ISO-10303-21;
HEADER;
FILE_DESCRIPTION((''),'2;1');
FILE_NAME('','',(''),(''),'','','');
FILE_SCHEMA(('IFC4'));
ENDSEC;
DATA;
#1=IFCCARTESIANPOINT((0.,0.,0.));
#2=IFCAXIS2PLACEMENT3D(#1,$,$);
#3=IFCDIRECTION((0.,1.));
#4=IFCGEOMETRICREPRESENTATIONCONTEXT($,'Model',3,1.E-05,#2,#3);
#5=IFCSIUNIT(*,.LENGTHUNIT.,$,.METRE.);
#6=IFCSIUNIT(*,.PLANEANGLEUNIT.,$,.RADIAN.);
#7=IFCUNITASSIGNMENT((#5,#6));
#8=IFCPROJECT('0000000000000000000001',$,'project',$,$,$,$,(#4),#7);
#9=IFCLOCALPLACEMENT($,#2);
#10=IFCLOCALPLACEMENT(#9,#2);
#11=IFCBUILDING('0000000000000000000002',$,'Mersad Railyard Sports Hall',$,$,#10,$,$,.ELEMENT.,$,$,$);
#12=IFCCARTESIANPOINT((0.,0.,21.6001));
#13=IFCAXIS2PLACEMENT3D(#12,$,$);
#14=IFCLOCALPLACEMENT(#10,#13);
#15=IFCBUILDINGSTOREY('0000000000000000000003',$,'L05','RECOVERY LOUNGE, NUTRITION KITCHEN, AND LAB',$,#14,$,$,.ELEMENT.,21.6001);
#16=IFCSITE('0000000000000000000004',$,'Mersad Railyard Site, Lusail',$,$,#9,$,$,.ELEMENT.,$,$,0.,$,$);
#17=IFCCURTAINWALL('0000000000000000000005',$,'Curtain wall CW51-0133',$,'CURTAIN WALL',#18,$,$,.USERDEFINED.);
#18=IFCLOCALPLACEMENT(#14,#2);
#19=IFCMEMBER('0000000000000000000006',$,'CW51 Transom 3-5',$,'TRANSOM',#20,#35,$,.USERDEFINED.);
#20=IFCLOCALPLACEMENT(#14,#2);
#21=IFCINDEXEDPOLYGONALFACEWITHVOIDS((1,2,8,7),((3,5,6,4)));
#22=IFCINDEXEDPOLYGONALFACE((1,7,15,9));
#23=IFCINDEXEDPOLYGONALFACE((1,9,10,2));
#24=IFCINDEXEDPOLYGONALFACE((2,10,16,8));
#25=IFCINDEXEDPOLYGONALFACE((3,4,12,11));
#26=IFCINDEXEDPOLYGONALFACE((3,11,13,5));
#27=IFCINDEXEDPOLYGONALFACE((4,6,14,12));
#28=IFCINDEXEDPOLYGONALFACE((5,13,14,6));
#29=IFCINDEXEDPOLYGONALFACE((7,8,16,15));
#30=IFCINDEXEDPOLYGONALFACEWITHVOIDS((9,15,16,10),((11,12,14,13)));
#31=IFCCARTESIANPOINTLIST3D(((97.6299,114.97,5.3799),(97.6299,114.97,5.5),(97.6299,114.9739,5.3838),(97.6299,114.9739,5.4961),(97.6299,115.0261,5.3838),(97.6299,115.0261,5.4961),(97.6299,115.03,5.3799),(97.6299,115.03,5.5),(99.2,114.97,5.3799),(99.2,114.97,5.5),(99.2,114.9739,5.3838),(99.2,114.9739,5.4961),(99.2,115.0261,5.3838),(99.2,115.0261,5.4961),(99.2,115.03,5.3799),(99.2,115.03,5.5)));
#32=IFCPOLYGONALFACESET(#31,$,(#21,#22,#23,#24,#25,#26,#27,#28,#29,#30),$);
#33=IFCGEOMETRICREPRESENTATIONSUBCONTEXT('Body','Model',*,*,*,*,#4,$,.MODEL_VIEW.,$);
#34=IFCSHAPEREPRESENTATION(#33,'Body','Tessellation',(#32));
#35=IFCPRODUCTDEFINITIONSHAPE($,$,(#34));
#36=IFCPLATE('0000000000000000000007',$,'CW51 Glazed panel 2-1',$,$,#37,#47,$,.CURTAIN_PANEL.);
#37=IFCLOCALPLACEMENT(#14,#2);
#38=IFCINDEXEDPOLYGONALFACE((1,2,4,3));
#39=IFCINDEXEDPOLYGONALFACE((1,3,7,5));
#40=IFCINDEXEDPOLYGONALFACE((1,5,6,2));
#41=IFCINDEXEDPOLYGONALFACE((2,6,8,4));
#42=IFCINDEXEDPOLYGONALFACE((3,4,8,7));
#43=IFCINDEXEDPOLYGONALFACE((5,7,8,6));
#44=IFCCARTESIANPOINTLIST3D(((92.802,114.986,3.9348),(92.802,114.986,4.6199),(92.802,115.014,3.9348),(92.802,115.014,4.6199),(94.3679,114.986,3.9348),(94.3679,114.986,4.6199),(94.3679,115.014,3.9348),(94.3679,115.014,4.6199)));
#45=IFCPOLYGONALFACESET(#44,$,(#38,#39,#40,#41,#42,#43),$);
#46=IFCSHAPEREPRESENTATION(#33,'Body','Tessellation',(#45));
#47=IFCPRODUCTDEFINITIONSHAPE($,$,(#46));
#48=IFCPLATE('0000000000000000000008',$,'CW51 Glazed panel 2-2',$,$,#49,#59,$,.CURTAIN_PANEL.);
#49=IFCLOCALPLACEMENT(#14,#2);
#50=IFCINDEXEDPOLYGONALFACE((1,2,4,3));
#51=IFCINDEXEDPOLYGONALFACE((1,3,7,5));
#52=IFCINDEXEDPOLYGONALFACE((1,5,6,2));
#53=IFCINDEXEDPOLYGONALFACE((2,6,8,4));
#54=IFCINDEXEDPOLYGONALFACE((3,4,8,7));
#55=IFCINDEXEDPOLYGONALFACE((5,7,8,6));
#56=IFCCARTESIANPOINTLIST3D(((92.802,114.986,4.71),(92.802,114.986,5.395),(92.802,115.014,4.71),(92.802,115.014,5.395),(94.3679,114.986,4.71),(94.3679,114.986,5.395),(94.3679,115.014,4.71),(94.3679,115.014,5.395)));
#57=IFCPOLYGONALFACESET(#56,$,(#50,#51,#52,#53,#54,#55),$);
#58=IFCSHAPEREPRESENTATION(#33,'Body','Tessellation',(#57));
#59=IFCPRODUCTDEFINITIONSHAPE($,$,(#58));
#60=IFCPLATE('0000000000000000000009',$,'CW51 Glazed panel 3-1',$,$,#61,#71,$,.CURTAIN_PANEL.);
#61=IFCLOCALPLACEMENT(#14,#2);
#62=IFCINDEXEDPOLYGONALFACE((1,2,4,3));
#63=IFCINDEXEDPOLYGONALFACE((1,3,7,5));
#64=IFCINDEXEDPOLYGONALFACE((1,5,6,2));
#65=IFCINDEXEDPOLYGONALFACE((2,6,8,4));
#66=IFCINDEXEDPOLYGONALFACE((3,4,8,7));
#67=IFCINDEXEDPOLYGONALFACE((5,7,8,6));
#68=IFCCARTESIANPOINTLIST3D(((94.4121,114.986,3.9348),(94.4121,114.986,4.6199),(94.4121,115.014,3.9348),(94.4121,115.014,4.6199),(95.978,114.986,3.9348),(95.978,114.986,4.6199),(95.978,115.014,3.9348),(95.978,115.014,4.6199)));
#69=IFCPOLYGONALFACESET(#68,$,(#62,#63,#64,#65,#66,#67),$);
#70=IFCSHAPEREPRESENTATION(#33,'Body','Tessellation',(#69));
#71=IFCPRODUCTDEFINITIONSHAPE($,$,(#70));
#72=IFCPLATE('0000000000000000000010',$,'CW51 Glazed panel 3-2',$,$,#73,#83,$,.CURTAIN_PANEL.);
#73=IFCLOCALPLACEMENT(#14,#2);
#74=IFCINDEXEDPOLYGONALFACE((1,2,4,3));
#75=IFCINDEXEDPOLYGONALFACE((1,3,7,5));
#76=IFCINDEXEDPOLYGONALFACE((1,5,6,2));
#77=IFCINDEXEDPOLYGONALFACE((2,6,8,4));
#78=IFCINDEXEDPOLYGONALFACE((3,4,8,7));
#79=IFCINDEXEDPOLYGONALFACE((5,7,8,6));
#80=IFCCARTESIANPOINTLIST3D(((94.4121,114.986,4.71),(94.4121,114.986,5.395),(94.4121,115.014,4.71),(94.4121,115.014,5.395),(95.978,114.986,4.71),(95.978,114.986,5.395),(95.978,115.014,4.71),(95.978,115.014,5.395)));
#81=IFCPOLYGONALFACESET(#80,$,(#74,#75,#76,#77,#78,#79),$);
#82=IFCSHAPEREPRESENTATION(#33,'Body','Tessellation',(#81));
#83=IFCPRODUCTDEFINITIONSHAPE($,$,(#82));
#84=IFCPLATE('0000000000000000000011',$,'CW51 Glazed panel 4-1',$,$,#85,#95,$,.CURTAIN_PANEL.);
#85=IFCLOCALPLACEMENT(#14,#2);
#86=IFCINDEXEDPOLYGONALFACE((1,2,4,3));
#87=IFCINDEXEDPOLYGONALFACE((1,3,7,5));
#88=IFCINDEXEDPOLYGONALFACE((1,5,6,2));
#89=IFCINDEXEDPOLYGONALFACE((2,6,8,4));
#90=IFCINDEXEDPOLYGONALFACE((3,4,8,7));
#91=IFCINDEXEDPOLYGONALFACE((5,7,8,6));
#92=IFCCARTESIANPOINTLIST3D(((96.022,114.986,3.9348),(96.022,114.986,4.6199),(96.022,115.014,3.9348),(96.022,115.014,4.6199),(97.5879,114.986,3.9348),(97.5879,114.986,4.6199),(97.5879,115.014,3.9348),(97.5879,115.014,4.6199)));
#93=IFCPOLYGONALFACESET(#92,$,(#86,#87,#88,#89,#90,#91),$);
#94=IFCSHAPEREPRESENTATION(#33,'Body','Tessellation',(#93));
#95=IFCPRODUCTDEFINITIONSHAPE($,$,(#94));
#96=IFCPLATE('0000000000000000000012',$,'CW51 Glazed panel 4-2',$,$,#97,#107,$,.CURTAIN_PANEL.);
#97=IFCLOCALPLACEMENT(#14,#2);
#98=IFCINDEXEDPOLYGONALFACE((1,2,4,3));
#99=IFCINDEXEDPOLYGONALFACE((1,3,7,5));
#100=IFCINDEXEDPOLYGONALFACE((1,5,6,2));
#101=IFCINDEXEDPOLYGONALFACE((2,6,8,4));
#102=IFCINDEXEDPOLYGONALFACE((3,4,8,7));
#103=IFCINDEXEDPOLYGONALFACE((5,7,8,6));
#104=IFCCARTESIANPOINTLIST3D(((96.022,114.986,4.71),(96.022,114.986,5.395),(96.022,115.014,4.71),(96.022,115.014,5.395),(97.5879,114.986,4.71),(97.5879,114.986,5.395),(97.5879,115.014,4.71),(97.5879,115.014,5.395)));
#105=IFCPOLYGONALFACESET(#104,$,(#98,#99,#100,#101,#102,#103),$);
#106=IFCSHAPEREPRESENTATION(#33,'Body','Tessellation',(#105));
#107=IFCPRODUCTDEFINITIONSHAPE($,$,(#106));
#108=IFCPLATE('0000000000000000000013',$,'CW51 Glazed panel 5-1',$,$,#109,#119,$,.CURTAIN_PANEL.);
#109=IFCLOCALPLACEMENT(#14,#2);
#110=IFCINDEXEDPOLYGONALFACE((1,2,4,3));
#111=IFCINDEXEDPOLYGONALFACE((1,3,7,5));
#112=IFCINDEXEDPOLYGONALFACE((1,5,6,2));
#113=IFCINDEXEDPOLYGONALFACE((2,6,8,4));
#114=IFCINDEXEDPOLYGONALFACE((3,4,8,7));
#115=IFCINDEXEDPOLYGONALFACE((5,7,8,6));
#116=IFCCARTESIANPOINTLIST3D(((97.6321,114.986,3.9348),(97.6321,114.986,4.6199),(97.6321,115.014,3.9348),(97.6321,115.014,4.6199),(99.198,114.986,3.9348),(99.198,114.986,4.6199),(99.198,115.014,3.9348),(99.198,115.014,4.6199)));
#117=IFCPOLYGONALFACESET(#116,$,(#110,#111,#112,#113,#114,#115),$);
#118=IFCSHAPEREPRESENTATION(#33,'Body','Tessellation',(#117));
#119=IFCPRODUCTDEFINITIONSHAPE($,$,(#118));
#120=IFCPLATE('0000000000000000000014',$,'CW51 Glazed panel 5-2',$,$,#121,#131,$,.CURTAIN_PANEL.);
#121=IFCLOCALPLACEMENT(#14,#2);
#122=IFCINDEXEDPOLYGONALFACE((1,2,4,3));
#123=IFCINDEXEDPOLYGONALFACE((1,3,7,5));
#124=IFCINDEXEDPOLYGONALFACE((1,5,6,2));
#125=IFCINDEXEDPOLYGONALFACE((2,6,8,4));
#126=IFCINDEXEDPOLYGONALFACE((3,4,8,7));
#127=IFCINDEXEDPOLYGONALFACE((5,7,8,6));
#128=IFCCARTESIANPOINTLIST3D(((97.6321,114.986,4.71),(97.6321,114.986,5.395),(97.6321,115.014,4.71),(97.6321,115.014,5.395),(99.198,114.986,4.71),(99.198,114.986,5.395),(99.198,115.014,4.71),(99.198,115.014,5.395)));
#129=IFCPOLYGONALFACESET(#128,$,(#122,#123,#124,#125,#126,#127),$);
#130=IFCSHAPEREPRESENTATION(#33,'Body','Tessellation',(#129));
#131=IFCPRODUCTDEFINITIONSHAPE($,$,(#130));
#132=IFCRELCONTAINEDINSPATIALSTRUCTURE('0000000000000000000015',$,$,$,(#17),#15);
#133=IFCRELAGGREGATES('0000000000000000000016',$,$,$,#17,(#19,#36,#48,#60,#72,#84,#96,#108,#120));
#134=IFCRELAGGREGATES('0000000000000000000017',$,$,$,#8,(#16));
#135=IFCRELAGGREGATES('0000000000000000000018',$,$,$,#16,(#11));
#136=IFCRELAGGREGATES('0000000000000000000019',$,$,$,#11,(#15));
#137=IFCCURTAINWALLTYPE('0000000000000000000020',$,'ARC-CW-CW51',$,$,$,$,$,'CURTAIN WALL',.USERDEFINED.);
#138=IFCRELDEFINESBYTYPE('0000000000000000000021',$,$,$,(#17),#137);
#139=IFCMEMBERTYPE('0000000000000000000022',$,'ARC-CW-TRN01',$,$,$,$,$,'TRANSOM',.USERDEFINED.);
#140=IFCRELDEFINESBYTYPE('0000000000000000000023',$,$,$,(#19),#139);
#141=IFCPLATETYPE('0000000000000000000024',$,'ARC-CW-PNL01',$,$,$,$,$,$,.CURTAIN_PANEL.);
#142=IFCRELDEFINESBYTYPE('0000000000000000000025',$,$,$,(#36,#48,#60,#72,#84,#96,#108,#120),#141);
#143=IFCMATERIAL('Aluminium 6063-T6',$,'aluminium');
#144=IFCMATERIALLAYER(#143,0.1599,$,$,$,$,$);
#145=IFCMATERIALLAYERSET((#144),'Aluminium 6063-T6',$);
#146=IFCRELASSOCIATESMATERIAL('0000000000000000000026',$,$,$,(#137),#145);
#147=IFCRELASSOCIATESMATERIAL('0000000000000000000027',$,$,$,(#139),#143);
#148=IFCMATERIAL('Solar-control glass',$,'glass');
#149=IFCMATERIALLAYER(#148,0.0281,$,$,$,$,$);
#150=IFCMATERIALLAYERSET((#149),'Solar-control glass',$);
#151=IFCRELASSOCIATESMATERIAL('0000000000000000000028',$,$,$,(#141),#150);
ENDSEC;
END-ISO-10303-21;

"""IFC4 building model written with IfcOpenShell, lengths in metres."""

from ifc_helpers import new_model, si_unit, direction, frame, origin, origin_2d, place, context, subcontext, project, spatial, rectangle, hollow_rectangle, extrude, material, layer, layer_set, material_profile, profile_set, type_object, element, aggregate, save


model = new_model("IFC4")

# Units and contexts
model_context = context("Model", 3, precision=1e-05, world=origin(), true_north=direction((0.0, 1.0)))
body_context = subcontext(model_context, "Body", "Model", "MODEL_VIEW")
ifc_project = project(units=[si_unit("LENGTHUNIT", "METRE"), si_unit("PLANEANGLEUNIT", "RADIAN")], contexts=[model_context])

# Site, building, storey
site_placement = place(None, origin())
site = spatial("IfcSite", under=ifc_project, at=site_placement, Name="Mersad Railyard Site, Lusail", CompositionType="ELEMENT", RefElevation=0.0)
building_placement = place(site_placement, origin())
building = spatial("IfcBuilding", under=site, at=building_placement, Name="Mersad Railyard Sports Hall", CompositionType="ELEMENT")
storey_placement = place(building_placement, frame((0.0, 0.0, 21.6001)))
storey = spatial("IfcBuildingStorey", under=building, at=storey_placement, Name="L05", Description="RECOVERY LOUNGE, NUTRITION KITCHEN, AND LAB", CompositionType="ELEMENT", Elevation=21.6001)

# Curtain wall, member, plates
ifc_material_1 = material(Name="Aluminium 6063-T6", Category="aluminium")
ifc_layer_1 = layer(ifc_material_1, 0.1599)
ifc_layer_set_1 = layer_set([ifc_layer_1], Name="Aluminium 6063-T6")
curtain_wall_type = type_object("IfcCurtainWallType", Name="ARC-CW-CW51", ElementType="CURTAIN WALL", PredefinedType="USERDEFINED", material=ifc_layer_set_1)
curtain_wall_placement = place(storey_placement, origin())
curtain_wall = element("IfcCurtainWall", 1, at=curtain_wall_placement, inside=storey, type_object=curtain_wall_type, Name="Curtain wall CW51-0133", ObjectType="CURTAIN WALL", PredefinedType="USERDEFINED")
ifc_material_profile_1 = material_profile(ifc_material_1, hollow_rectangle(XDim=0.0601, YDim=0.1201, WallThickness=0.0039, at=origin_2d()), Name="AL TRANSOM 60x120x4")
ifc_profile_set_1 = profile_set([ifc_material_profile_1], Name="Aluminium 6063-T6")
member_type_1 = type_object("IfcMemberType", Name="ARC-CW-TRN01", ElementType="TRANSOM", PredefinedType="USERDEFINED", material=ifc_profile_set_1)
member_1_placement = place(storey_placement, frame((97.6299, 115.0, 5.4399), z_axis=(1.0, 0.0, 0.0), x_axis=(0.0, 1.0, 0.0)))
member_1 = element("IfcMember", 2, at=member_1_placement, type_object=member_type_1, Name="CW51 Transom 3-5", ObjectType="TRANSOM", PredefinedType="USERDEFINED", context=body_context, shape_type="SweptSolid", body=[
    extrude(hollow_rectangle(XDim=0.0601, YDim=0.1201, WallThickness=0.0039, at=origin_2d()), origin(), (0.0, 0.0, 1.0), 1.5701),
])
ifc_material_2 = material(Name="Solar-control glass", Category="glass")
ifc_layer_2 = layer(ifc_material_2, 0.0281)
ifc_layer_set_2 = layer_set([ifc_layer_2], Name="Solar-control glass")
plate_type = type_object("IfcPlateType", Name="ARC-CW-PNL01", PredefinedType="CURTAIN_PANEL", material=ifc_layer_set_2)
plate_1_placement = place(storey_placement, frame((93.585, 115.0, 3.9348), z_axis=(0.0, 0.0, 1.0), x_axis=(1.0, 0.0, 0.0)))
plate_1 = element("IfcPlate", 3, at=plate_1_placement, type_object=plate_type, Name="CW51 Glazed panel 2-1", PredefinedType="CURTAIN_PANEL", context=body_context, shape_type="SweptSolid", body=[
    extrude(rectangle(XDim=1.5659, YDim=0.0281, at=origin_2d()), origin(), (0.0, 0.0, 1.0), 0.6851),
])
plate_2_placement = place(storey_placement, frame((93.585, 115.0, 4.71), z_axis=(0.0, 0.0, 1.0), x_axis=(1.0, 0.0, 0.0)))
plate_2 = element("IfcPlate", 4, at=plate_2_placement, type_object=plate_type, Name="CW51 Glazed panel 2-2", PredefinedType="CURTAIN_PANEL", context=body_context, shape_type="SweptSolid", body=[
    extrude(rectangle(XDim=1.5659, YDim=0.0281, at=origin_2d()), origin(), (0.0, 0.0, 1.0), 0.6851),
])
plate_3_placement = place(storey_placement, frame((95.1951, 115.0, 3.9348), z_axis=(0.0, 0.0, 1.0), x_axis=(1.0, 0.0, 0.0)))
plate_3 = element("IfcPlate", 5, at=plate_3_placement, type_object=plate_type, Name="CW51 Glazed panel 3-1", PredefinedType="CURTAIN_PANEL", context=body_context, shape_type="SweptSolid", body=[
    extrude(rectangle(XDim=1.5659, YDim=0.0281, at=origin_2d()), origin(), (0.0, 0.0, 1.0), 0.6851),
])
plate_4_placement = place(storey_placement, frame((95.1951, 115.0, 4.71), z_axis=(0.0, 0.0, 1.0), x_axis=(1.0, 0.0, 0.0)))
plate_4 = element("IfcPlate", 6, at=plate_4_placement, type_object=plate_type, Name="CW51 Glazed panel 3-2", PredefinedType="CURTAIN_PANEL", context=body_context, shape_type="SweptSolid", body=[
    extrude(rectangle(XDim=1.5659, YDim=0.0281, at=origin_2d()), origin(), (0.0, 0.0, 1.0), 0.6851),
])
plate_5_placement = place(storey_placement, frame((96.8049, 115.0, 3.9348), z_axis=(0.0, 0.0, 1.0), x_axis=(1.0, 0.0, 0.0)))
plate_5 = element("IfcPlate", 7, at=plate_5_placement, type_object=plate_type, Name="CW51 Glazed panel 4-1", PredefinedType="CURTAIN_PANEL", context=body_context, shape_type="SweptSolid", body=[
    extrude(rectangle(XDim=1.5659, YDim=0.0281, at=origin_2d()), origin(), (0.0, 0.0, 1.0), 0.6851),
])
plate_6_placement = place(storey_placement, frame((96.8049, 115.0, 4.71), z_axis=(0.0, 0.0, 1.0), x_axis=(1.0, 0.0, 0.0)))
plate_6 = element("IfcPlate", 8, at=plate_6_placement, type_object=plate_type, Name="CW51 Glazed panel 4-2", PredefinedType="CURTAIN_PANEL", context=body_context, shape_type="SweptSolid", body=[
    extrude(rectangle(XDim=1.5659, YDim=0.0281, at=origin_2d()), origin(), (0.0, 0.0, 1.0), 0.6851),
])
plate_7_placement = place(storey_placement, frame((98.415, 115.0, 3.9348), z_axis=(0.0, 0.0, 1.0), x_axis=(1.0, 0.0, 0.0)))
plate_7 = element("IfcPlate", 9, at=plate_7_placement, type_object=plate_type, Name="CW51 Glazed panel 5-1", PredefinedType="CURTAIN_PANEL", context=body_context, shape_type="SweptSolid", body=[
    extrude(rectangle(XDim=1.5659, YDim=0.0281, at=origin_2d()), origin(), (0.0, 0.0, 1.0), 0.6851),
])
plate_8_placement = place(storey_placement, frame((98.415, 115.0, 4.71), z_axis=(0.0, 0.0, 1.0), x_axis=(1.0, 0.0, 0.0)))
plate_8 = element("IfcPlate", 10, at=plate_8_placement, type_object=plate_type, Name="CW51 Glazed panel 5-2", PredefinedType="CURTAIN_PANEL", context=body_context, shape_type="SweptSolid", body=[
    extrude(rectangle(XDim=1.5659, YDim=0.0281, at=origin_2d()), origin(), (0.0, 0.0, 1.0), 0.6851),
])
aggregate(curtain_wall, [member_1, plate_1, plate_2, plate_3, plate_4, plate_5, plate_6, plate_7, plate_8])

save(model, "model.ifc")
